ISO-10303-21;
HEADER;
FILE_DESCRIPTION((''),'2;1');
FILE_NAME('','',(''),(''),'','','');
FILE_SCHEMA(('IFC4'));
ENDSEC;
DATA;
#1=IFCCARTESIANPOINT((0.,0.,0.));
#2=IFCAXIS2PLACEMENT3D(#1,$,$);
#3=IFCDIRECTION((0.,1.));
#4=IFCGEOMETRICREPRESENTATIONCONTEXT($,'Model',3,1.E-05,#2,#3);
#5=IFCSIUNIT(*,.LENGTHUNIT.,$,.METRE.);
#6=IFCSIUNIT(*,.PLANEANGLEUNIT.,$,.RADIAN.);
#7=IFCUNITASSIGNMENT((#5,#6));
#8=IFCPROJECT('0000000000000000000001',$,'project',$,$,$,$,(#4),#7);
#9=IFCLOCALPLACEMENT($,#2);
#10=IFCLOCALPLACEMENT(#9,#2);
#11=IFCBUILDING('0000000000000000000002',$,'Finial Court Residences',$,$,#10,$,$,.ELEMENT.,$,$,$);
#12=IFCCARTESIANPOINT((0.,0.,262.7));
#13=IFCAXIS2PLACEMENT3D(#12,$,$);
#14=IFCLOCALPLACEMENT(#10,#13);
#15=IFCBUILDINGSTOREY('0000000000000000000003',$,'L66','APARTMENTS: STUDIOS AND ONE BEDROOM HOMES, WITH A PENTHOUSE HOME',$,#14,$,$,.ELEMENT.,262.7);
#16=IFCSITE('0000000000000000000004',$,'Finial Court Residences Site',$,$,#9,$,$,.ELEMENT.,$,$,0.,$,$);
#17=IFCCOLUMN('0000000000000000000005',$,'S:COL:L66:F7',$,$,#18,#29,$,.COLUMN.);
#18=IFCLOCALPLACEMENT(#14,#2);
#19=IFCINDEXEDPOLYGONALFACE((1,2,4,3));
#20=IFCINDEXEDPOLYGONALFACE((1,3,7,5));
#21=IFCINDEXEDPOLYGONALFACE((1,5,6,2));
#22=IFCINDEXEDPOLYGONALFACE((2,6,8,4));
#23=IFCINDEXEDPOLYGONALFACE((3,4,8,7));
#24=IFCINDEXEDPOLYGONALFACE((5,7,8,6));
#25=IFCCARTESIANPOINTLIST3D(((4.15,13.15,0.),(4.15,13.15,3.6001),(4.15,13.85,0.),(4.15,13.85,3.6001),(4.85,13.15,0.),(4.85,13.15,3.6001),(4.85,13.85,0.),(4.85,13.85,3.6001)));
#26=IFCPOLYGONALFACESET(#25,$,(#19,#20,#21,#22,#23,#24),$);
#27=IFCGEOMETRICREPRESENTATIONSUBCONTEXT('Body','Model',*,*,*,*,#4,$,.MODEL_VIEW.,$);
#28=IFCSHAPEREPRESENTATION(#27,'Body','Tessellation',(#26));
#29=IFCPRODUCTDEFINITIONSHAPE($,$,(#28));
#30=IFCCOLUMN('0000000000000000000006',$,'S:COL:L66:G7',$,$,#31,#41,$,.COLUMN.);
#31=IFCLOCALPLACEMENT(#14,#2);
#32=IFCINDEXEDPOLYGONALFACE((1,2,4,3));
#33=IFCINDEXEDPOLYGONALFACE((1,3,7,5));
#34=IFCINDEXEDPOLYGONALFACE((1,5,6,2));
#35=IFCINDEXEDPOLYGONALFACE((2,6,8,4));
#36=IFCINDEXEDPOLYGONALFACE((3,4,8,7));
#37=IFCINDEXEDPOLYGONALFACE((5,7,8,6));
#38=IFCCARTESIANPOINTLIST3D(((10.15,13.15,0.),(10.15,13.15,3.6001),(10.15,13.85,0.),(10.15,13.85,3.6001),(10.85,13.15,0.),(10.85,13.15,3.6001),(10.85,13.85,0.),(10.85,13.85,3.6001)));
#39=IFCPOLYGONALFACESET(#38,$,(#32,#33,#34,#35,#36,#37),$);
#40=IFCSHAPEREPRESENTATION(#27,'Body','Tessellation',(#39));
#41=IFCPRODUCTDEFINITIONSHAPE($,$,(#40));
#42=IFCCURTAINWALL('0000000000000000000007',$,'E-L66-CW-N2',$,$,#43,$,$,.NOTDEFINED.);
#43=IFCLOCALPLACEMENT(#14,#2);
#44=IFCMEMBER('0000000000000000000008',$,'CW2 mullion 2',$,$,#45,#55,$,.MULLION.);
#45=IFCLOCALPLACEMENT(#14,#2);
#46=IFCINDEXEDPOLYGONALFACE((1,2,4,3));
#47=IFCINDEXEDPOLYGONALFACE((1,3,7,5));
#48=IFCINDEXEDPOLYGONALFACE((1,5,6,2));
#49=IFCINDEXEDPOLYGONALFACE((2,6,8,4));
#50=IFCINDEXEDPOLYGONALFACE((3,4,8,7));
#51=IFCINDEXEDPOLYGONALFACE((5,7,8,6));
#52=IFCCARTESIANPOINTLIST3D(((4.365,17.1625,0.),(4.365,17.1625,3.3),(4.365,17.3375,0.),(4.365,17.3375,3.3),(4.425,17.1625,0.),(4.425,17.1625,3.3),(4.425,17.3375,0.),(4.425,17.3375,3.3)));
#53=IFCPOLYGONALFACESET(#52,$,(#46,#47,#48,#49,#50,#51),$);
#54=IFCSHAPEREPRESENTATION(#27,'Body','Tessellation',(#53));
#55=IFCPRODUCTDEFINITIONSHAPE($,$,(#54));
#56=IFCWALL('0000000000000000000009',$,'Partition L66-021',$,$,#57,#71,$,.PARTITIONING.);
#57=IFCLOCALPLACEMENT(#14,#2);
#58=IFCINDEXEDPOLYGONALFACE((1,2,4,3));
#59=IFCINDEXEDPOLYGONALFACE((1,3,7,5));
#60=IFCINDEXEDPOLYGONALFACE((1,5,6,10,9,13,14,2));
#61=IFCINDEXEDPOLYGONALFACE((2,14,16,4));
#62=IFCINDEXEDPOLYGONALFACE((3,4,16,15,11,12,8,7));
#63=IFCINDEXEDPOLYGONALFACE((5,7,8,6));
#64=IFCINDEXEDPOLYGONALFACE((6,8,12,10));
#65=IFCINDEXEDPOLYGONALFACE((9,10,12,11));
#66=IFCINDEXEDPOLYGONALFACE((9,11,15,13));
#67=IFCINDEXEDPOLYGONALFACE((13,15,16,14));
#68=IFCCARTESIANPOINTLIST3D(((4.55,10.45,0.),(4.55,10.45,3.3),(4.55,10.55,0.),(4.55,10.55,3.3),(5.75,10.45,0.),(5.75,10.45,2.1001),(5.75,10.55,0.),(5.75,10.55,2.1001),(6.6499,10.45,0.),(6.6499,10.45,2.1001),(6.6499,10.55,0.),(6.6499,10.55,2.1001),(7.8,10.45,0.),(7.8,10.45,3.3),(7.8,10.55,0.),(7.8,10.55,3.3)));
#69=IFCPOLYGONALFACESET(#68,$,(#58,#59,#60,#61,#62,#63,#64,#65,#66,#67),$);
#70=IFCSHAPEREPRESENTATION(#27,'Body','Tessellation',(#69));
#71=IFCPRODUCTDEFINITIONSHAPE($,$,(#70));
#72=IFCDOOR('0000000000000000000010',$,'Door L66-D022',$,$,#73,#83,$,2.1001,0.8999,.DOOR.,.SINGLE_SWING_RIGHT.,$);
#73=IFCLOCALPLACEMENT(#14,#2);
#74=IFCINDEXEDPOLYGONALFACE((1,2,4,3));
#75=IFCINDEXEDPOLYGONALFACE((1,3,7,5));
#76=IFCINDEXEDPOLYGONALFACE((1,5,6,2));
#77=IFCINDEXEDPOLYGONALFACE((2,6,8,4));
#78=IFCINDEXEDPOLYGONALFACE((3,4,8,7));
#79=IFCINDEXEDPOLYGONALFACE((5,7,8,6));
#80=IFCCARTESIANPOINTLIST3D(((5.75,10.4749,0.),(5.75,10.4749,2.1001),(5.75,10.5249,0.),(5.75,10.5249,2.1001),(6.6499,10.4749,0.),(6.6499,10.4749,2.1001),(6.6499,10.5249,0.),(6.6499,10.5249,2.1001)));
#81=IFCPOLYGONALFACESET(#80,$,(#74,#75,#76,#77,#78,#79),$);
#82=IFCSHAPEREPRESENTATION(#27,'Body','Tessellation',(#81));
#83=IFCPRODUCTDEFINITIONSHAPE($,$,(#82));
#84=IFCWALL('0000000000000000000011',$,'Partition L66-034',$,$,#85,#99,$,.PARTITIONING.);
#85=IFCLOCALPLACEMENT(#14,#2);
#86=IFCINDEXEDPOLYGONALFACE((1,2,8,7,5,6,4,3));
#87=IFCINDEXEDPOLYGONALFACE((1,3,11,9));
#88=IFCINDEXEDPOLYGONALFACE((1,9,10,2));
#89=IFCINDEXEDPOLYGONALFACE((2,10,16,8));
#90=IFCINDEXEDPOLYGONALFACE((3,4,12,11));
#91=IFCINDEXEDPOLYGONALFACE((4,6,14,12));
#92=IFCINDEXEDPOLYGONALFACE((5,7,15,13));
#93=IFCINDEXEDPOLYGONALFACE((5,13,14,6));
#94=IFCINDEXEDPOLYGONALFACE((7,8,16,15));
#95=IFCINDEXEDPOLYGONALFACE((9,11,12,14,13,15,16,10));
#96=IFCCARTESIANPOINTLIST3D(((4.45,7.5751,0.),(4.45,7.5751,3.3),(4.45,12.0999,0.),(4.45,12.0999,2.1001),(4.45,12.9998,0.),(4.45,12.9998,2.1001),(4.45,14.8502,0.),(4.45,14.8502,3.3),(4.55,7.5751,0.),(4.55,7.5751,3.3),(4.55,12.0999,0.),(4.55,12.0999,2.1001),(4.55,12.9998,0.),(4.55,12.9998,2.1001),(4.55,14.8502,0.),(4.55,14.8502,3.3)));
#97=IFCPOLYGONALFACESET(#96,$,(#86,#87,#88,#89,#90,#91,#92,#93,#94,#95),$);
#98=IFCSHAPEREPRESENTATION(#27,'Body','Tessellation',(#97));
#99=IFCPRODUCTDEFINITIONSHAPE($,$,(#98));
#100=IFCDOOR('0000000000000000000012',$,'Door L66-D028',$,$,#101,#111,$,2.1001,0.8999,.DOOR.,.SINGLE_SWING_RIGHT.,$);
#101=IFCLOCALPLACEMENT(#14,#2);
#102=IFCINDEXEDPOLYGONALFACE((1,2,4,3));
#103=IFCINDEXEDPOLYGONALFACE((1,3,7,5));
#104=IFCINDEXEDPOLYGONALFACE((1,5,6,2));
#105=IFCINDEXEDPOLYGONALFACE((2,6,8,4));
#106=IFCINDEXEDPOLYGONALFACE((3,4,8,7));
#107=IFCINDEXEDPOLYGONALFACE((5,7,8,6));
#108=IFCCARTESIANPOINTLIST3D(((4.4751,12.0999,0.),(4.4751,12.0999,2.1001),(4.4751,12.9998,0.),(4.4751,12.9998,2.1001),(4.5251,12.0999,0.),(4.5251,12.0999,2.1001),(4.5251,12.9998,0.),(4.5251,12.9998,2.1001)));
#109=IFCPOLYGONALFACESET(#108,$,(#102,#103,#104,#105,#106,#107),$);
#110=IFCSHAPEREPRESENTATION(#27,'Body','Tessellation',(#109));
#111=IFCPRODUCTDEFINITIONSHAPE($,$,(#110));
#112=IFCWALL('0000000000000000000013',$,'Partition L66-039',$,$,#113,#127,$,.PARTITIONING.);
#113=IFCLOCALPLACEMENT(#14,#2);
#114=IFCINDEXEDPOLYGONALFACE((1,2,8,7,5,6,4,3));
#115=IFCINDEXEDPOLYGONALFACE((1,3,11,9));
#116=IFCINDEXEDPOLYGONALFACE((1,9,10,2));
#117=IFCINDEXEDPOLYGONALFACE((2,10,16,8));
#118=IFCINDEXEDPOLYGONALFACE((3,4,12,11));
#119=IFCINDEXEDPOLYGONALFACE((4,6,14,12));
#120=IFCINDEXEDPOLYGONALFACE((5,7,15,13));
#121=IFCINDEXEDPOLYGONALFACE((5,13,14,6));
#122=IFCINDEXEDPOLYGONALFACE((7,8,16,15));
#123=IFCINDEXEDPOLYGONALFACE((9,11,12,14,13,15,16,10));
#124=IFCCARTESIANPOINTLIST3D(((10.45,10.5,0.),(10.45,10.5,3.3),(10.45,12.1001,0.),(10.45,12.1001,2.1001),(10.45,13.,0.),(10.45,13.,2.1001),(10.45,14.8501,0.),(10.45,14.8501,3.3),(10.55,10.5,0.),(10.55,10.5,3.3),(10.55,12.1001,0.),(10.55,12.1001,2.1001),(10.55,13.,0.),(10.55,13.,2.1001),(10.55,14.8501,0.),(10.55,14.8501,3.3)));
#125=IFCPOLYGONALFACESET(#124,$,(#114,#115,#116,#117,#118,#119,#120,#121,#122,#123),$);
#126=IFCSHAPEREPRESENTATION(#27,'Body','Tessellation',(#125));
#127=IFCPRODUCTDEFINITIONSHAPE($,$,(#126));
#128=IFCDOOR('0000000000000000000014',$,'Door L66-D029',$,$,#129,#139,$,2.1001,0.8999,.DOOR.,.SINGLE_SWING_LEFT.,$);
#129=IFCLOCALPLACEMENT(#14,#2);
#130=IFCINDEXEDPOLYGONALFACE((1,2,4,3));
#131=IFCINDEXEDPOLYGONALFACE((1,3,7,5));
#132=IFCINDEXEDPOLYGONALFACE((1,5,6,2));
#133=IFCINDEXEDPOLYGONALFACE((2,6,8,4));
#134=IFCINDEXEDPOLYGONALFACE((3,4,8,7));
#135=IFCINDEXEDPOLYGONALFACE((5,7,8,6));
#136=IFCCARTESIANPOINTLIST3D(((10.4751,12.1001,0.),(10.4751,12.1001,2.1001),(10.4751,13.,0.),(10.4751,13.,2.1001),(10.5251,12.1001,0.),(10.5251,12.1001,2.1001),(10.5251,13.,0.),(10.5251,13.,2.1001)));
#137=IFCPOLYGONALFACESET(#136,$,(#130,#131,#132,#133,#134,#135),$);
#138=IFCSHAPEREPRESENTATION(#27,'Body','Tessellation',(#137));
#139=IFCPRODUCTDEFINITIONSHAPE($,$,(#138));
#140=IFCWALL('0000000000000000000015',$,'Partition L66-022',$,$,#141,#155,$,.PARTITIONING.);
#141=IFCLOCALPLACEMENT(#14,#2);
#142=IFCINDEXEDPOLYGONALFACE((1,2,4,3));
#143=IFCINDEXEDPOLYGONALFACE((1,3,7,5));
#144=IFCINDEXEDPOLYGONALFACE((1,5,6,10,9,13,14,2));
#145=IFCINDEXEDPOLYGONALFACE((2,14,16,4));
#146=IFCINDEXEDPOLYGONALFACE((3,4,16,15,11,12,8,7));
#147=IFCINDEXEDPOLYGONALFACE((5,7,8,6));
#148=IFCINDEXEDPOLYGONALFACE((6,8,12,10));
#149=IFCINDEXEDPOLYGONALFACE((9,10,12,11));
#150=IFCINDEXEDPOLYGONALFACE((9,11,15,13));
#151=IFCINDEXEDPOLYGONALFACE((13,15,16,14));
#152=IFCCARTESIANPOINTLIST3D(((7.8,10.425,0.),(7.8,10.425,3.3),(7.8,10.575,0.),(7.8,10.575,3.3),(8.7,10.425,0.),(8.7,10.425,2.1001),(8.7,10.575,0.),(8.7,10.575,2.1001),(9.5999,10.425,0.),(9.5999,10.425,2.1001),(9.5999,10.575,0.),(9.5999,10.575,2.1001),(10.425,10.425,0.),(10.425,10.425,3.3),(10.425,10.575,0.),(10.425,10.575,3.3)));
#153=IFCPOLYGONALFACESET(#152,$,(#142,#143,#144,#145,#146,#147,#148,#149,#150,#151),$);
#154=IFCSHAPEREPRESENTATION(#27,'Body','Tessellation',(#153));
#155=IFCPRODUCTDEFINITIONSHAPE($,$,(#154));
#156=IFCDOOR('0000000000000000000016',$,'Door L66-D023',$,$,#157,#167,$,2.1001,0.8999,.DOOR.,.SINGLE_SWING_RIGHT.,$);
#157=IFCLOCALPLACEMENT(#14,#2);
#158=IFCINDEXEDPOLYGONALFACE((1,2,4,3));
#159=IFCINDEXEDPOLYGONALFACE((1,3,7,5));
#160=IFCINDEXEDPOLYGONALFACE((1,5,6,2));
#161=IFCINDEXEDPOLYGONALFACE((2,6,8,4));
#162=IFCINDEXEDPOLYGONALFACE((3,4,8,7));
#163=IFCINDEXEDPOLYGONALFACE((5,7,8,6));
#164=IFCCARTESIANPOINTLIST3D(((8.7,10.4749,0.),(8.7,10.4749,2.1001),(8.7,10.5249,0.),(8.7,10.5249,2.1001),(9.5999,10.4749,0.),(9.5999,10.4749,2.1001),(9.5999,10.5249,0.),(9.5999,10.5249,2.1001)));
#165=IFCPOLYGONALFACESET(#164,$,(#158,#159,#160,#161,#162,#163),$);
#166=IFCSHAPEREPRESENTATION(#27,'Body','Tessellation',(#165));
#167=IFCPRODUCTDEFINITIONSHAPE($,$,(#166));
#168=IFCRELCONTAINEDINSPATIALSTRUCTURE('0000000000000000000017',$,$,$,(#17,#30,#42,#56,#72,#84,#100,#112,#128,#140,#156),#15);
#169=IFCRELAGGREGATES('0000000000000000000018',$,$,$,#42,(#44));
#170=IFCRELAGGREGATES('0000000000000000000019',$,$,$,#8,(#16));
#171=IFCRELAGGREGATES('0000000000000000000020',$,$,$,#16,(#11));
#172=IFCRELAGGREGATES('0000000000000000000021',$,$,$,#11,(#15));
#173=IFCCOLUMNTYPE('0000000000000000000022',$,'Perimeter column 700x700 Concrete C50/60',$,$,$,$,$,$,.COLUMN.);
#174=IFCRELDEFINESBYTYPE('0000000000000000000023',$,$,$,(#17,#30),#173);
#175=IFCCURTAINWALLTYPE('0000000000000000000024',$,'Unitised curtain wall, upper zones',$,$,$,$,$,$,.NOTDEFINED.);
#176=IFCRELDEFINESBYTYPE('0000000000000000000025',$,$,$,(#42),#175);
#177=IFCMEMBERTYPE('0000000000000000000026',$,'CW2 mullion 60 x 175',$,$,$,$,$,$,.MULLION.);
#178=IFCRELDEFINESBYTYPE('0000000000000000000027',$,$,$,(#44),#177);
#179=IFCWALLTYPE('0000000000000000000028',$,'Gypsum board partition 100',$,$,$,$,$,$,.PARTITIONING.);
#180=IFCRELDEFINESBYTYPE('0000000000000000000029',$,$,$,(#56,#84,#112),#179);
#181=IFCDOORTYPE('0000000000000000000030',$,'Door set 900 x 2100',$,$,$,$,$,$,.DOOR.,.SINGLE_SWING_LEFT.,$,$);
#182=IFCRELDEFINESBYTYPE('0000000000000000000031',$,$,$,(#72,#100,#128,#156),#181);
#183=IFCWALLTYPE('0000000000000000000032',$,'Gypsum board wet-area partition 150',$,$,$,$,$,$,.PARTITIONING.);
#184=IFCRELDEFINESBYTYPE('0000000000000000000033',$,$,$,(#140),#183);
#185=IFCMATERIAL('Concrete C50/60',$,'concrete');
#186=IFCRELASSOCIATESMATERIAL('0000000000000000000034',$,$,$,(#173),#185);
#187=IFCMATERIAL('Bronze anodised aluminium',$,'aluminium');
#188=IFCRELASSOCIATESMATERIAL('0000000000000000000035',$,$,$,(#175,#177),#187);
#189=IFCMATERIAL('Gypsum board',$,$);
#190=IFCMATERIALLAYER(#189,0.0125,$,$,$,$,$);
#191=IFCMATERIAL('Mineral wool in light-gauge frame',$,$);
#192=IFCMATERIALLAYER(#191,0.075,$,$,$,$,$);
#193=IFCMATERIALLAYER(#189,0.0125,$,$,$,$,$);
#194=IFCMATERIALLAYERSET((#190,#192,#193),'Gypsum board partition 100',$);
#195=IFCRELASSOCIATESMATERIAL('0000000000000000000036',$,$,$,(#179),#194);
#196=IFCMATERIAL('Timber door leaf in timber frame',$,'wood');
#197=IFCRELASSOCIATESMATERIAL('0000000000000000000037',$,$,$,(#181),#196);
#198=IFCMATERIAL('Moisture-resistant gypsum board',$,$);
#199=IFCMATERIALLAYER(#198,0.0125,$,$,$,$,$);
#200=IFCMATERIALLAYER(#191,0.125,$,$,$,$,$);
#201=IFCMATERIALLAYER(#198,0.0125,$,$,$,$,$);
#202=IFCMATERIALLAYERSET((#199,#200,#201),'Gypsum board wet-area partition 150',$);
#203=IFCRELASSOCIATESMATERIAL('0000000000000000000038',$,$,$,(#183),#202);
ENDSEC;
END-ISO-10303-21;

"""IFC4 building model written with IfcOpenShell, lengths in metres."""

from ifc_helpers import new_model, si_unit, direction, frame, frame_2d, origin, origin_2d, place, context, subcontext, project, spatial, rectangle, extrude, material, layer, layer_set, material_profile, profile_set, type_object, element, fill, aggregate, save


model = new_model("IFC4")

# Units and contexts
model_context = context("Model", 3, precision=1e-05, world=origin(), true_north=direction((0.0, 1.0)))
body_context = subcontext(model_context, "Body", "Model", "MODEL_VIEW")
ifc_project = project(units=[si_unit("LENGTHUNIT", "METRE"), si_unit("PLANEANGLEUNIT", "RADIAN")], contexts=[model_context])

# Site, building, storey
site_placement = place(None, origin())
site = spatial("IfcSite", under=ifc_project, at=site_placement, Name="Finial Court Residences Site", CompositionType="ELEMENT", RefElevation=0.0)
building_placement = place(site_placement, origin())
building = spatial("IfcBuilding", under=site, at=building_placement, Name="Finial Court Residences", CompositionType="ELEMENT")
storey_placement = place(building_placement, frame((0.0, 0.0, 262.7)))
storey = spatial("IfcBuildingStorey", under=building, at=storey_placement, Name="L66", Description="APARTMENTS: STUDIOS AND ONE BEDROOM HOMES, WITH A PENTHOUSE HOME", CompositionType="ELEMENT", Elevation=262.7)

# Columns
ifc_material_1 = material(Name="Concrete C50/60", Category="concrete")
ifc_material_profile_1 = material_profile(ifc_material_1, rectangle(XDim=0.7, YDim=0.7, at=origin_2d()), Name="700x700")
ifc_profile_set_1 = profile_set([ifc_material_profile_1], Name="Concrete C50/60")
column_type = type_object("IfcColumnType", Name="Perimeter column 700x700 Concrete C50/60", PredefinedType="COLUMN", material=ifc_profile_set_1)
for number, where, z_axis, x_axis, name in (
    (1, (4.5, 13.5, 0.0), (0.0, 0.0, 1.0), (1.0, 0.0, 0.0), "S:COL:L66:F7"),
    (2, (10.5, 13.5, 0.0), (0.0, 0.0, 1.0), (1.0, 0.0, 0.0), "S:COL:L66:G7"),
):
    element("IfcColumn", number, at=place(storey_placement, frame(where, z_axis=z_axis, x_axis=x_axis)), inside=storey, type_object=column_type, Name=name, PredefinedType="COLUMN", context=body_context, shape_type="SweptSolid", body=[
        extrude(rectangle(XDim=0.7, YDim=0.7, at=origin_2d()), origin(), (0.0, 0.0, 1.0), 3.6001),
    ])

# Curtain wall, member
ifc_material_2 = material(Name="Bronze anodised aluminium", Category="aluminium")
curtain_wall_type = type_object("IfcCurtainWallType", Name="Unitised curtain wall, upper zones", PredefinedType="NOTDEFINED", material=ifc_material_2)
curtain_wall_placement = place(storey_placement, origin())
curtain_wall = element("IfcCurtainWall", 3, at=curtain_wall_placement, inside=storey, type_object=curtain_wall_type, Name="E-L66-CW-N2", PredefinedType="NOTDEFINED")
ifc_material_profile_2 = material_profile(ifc_material_2, rectangle(XDim=0.175, YDim=0.0601, at=origin_2d()), Name="CW2 mullion 60 x 175")
ifc_profile_set_2 = profile_set([ifc_material_profile_2], Name="Bronze anodised aluminium")
member_type = type_object("IfcMemberType", Name="CW2 mullion 60 x 175", PredefinedType="MULLION", material=ifc_profile_set_2)
member_placement = place(storey_placement, frame((4.395, 17.25, 0.0), z_axis=(0.0, 0.0, 1.0), x_axis=(0.0, 1.0, 0.0)))
member = element("IfcMember", 4, at=member_placement, type_object=member_type, Name="CW2 mullion 2", PredefinedType="MULLION", context=body_context, shape_type="SweptSolid", body=[
    extrude(rectangle(XDim=0.175, YDim=0.0601, at=origin_2d()), origin(), (0.0, 0.0, 1.0), 3.3),
])
aggregate(curtain_wall, [member])

# Walls, openings, doors
ifc_material_3 = material(Name="Gypsum board")
ifc_layer_1 = layer(ifc_material_3, 0.0125)
ifc_material_4 = material(Name="Mineral wool in light-gauge frame")
ifc_layer_2 = layer(ifc_material_4, 0.075)
ifc_layer_3 = layer(ifc_material_3, 0.0125)
ifc_layer_set_1 = layer_set([ifc_layer_1, ifc_layer_2, ifc_layer_3], Name="Gypsum board partition 100")
wall_type_1 = type_object("IfcWallType", Name="Gypsum board partition 100", PredefinedType="PARTITIONING", material=ifc_layer_set_1)
wall_1_placement = place(storey_placement, frame((4.55, 10.5, 0.0), z_axis=(0.0, 0.0, 1.0), x_axis=(1.0, 0.0, 0.0)))
wall_1 = element("IfcWall", 5, at=wall_1_placement, inside=storey, type_object=wall_type_1, Name="Partition L66-021", PredefinedType="PARTITIONING", context=body_context, shape_type="SweptSolid", body=[
    extrude(rectangle(XDim=3.25, YDim=0.1001, at=frame_2d((1.625, 0.0))), origin(), (0.0, 0.0, 1.0), 3.3),
])
opening_1_placement = place(wall_1_placement, frame((1.2, 0.0, 0.0)))
opening_1 = element("IfcOpeningElement", 6, at=opening_1_placement, cuts=wall_1, PredefinedType="OPENING", context=body_context, shape_type="SweptSolid", body=[
    extrude(rectangle(XDim=0.8999, YDim=2.1001, at=frame_2d((0.45, 1.05))), frame((0.0, 0.0601, 0.0), z_axis=(0.0, -1.0, 0.0), x_axis=(1.0, 0.0, 0.0)), (0.0, 0.0, 1.0), 0.1201),
])
ifc_material_5 = material(Name="Timber door leaf in timber frame", Category="wood")
door_type_1 = type_object("IfcDoorType", Name="Door set 900 x 2100", OperationType="SINGLE_SWING_LEFT", PredefinedType="DOOR", material=ifc_material_5)
door_1_placement = place(opening_1_placement, origin())
door_1 = element("IfcDoor", 7, at=door_1_placement, inside=storey, type_object=door_type_1, Name="Door L66-D022", OperationType="SINGLE_SWING_RIGHT", OverallHeight=2.1001, OverallWidth=0.8999, PredefinedType="DOOR", context=body_context, shape_type="SweptSolid", body=[
    extrude(rectangle(XDim=0.8999, YDim=2.1001, at=frame_2d((0.45, 1.05))), frame((0.0, 0.0249, 0.0), z_axis=(0.0, -1.0, 0.0), x_axis=(1.0, 0.0, 0.0)), (0.0, 0.0, 1.0), 0.05),
])
fill(opening_1, door_1)
wall_2_placement = place(storey_placement, frame((4.5, 7.575, 0.0), z_axis=(0.0, 0.0, 1.0), x_axis=(0.0, 1.0, 0.0)))
wall_2 = element("IfcWall", 8, at=wall_2_placement, inside=storey, type_object=wall_type_1, Name="Partition L66-034", PredefinedType="PARTITIONING", context=body_context, shape_type="SweptSolid", body=[
    extrude(rectangle(XDim=7.2751, YDim=0.1001, at=frame_2d((3.6377, 0.0))), origin(), (0.0, 0.0, 1.0), 3.3),
])
opening_2_placement = place(wall_2_placement, frame((4.5249, 0.0, 0.0)))
opening_2 = element("IfcOpeningElement", 9, at=opening_2_placement, cuts=wall_2, PredefinedType="OPENING", context=body_context, shape_type="SweptSolid", body=[
    extrude(rectangle(XDim=0.8999, YDim=2.1001, at=frame_2d((0.45, 1.05))), frame((0.0, 0.0601, 0.0), z_axis=(0.0, -1.0, 0.0), x_axis=(1.0, 0.0, 0.0)), (0.0, 0.0, 1.0), 0.1201),
])
door_2_placement = place(opening_2_placement, origin())
door_2 = element("IfcDoor", 10, at=door_2_placement, inside=storey, type_object=door_type_1, Name="Door L66-D028", OperationType="SINGLE_SWING_RIGHT", OverallHeight=2.1001, OverallWidth=0.8999, PredefinedType="DOOR", context=body_context, shape_type="SweptSolid", body=[
    extrude(rectangle(XDim=0.8999, YDim=2.1001, at=frame_2d((0.45, 1.05))), frame((0.0, 0.0249, 0.0), z_axis=(0.0, -1.0, 0.0), x_axis=(1.0, 0.0, 0.0)), (0.0, 0.0, 1.0), 0.05),
])
fill(opening_2, door_2)
wall_3_placement = place(storey_placement, frame((10.5, 10.5, 0.0), z_axis=(0.0, 0.0, 1.0), x_axis=(0.0, 1.0, 0.0)))
wall_3 = element("IfcWall", 11, at=wall_3_placement, inside=storey, type_object=wall_type_1, Name="Partition L66-039", PredefinedType="PARTITIONING", context=body_context, shape_type="SweptSolid", body=[
    extrude(rectangle(XDim=4.3501, YDim=0.1001, at=frame_2d((2.175, 0.0))), origin(), (0.0, 0.0, 1.0), 3.3),
])
opening_3_placement = place(wall_3_placement, frame((1.6001, 0.0, 0.0)))
opening_3 = element("IfcOpeningElement", 12, at=opening_3_placement, cuts=wall_3, PredefinedType="OPENING", context=body_context, shape_type="SweptSolid", body=[
    extrude(rectangle(XDim=0.8999, YDim=2.1001, at=frame_2d((0.45, 1.05))), frame((0.0, 0.0601, 0.0), z_axis=(0.0, -1.0, 0.0), x_axis=(1.0, 0.0, 0.0)), (0.0, 0.0, 1.0), 0.1201),
])
door_3_placement = place(opening_3_placement, origin())
door_3 = element("IfcDoor", 13, at=door_3_placement, inside=storey, type_object=door_type_1, Name="Door L66-D029", OperationType="SINGLE_SWING_LEFT", OverallHeight=2.1001, OverallWidth=0.8999, PredefinedType="DOOR", context=body_context, shape_type="SweptSolid", body=[
    extrude(rectangle(XDim=0.8999, YDim=2.1001, at=frame_2d((0.45, 1.05))), frame((0.0, 0.0249, 0.0), z_axis=(0.0, -1.0, 0.0), x_axis=(1.0, 0.0, 0.0)), (0.0, 0.0, 1.0), 0.05),
])
fill(opening_3, door_3)
ifc_material_6 = material(Name="Moisture-resistant gypsum board")
ifc_layer_4 = layer(ifc_material_6, 0.0125)
ifc_layer_5 = layer(ifc_material_4, 0.125)
ifc_layer_6 = layer(ifc_material_6, 0.0125)
ifc_layer_set_2 = layer_set([ifc_layer_4, ifc_layer_5, ifc_layer_6], Name="Gypsum board wet-area partition 150")
wall_type_2 = type_object("IfcWallType", Name="Gypsum board wet-area partition 150", PredefinedType="PARTITIONING", material=ifc_layer_set_2)
wall_4_placement = place(storey_placement, frame((7.8, 10.5, 0.0), z_axis=(0.0, 0.0, 1.0), x_axis=(1.0, 0.0, 0.0)))
wall_4 = element("IfcWall", 14, at=wall_4_placement, inside=storey, type_object=wall_type_2, Name="Partition L66-022", PredefinedType="PARTITIONING", context=body_context, shape_type="SweptSolid", body=[
    extrude(rectangle(XDim=2.625, YDim=0.1499, at=frame_2d((1.3125, 0.0))), origin(), (0.0, 0.0, 1.0), 3.3),
])
opening_4_placement = place(wall_4_placement, frame((0.8999, 0.0, 0.0)))
opening_4 = element("IfcOpeningElement", 15, at=opening_4_placement, cuts=wall_4, PredefinedType="OPENING", context=body_context, shape_type="SweptSolid", body=[
    extrude(rectangle(XDim=0.8999, YDim=2.1001, at=frame_2d((0.45, 1.05))), frame((0.0, 0.085, 0.0), z_axis=(0.0, -1.0, 0.0), x_axis=(1.0, 0.0, 0.0)), (0.0, 0.0, 1.0), 0.1699),
])
door_4_placement = place(opening_4_placement, origin())
door_4 = element("IfcDoor", 16, at=door_4_placement, inside=storey, type_object=door_type_1, Name="Door L66-D023", OperationType="SINGLE_SWING_RIGHT", OverallHeight=2.1001, OverallWidth=0.8999, PredefinedType="DOOR", context=body_context, shape_type="SweptSolid", body=[
    extrude(rectangle(XDim=0.8999, YDim=2.1001, at=frame_2d((0.45, 1.05))), frame((0.0, 0.0249, 0.0), z_axis=(0.0, -1.0, 0.0), x_axis=(1.0, 0.0, 0.0)), (0.0, 0.0, 1.0), 0.05),
])
fill(opening_4, door_4)

save(model, "model.ifc")
